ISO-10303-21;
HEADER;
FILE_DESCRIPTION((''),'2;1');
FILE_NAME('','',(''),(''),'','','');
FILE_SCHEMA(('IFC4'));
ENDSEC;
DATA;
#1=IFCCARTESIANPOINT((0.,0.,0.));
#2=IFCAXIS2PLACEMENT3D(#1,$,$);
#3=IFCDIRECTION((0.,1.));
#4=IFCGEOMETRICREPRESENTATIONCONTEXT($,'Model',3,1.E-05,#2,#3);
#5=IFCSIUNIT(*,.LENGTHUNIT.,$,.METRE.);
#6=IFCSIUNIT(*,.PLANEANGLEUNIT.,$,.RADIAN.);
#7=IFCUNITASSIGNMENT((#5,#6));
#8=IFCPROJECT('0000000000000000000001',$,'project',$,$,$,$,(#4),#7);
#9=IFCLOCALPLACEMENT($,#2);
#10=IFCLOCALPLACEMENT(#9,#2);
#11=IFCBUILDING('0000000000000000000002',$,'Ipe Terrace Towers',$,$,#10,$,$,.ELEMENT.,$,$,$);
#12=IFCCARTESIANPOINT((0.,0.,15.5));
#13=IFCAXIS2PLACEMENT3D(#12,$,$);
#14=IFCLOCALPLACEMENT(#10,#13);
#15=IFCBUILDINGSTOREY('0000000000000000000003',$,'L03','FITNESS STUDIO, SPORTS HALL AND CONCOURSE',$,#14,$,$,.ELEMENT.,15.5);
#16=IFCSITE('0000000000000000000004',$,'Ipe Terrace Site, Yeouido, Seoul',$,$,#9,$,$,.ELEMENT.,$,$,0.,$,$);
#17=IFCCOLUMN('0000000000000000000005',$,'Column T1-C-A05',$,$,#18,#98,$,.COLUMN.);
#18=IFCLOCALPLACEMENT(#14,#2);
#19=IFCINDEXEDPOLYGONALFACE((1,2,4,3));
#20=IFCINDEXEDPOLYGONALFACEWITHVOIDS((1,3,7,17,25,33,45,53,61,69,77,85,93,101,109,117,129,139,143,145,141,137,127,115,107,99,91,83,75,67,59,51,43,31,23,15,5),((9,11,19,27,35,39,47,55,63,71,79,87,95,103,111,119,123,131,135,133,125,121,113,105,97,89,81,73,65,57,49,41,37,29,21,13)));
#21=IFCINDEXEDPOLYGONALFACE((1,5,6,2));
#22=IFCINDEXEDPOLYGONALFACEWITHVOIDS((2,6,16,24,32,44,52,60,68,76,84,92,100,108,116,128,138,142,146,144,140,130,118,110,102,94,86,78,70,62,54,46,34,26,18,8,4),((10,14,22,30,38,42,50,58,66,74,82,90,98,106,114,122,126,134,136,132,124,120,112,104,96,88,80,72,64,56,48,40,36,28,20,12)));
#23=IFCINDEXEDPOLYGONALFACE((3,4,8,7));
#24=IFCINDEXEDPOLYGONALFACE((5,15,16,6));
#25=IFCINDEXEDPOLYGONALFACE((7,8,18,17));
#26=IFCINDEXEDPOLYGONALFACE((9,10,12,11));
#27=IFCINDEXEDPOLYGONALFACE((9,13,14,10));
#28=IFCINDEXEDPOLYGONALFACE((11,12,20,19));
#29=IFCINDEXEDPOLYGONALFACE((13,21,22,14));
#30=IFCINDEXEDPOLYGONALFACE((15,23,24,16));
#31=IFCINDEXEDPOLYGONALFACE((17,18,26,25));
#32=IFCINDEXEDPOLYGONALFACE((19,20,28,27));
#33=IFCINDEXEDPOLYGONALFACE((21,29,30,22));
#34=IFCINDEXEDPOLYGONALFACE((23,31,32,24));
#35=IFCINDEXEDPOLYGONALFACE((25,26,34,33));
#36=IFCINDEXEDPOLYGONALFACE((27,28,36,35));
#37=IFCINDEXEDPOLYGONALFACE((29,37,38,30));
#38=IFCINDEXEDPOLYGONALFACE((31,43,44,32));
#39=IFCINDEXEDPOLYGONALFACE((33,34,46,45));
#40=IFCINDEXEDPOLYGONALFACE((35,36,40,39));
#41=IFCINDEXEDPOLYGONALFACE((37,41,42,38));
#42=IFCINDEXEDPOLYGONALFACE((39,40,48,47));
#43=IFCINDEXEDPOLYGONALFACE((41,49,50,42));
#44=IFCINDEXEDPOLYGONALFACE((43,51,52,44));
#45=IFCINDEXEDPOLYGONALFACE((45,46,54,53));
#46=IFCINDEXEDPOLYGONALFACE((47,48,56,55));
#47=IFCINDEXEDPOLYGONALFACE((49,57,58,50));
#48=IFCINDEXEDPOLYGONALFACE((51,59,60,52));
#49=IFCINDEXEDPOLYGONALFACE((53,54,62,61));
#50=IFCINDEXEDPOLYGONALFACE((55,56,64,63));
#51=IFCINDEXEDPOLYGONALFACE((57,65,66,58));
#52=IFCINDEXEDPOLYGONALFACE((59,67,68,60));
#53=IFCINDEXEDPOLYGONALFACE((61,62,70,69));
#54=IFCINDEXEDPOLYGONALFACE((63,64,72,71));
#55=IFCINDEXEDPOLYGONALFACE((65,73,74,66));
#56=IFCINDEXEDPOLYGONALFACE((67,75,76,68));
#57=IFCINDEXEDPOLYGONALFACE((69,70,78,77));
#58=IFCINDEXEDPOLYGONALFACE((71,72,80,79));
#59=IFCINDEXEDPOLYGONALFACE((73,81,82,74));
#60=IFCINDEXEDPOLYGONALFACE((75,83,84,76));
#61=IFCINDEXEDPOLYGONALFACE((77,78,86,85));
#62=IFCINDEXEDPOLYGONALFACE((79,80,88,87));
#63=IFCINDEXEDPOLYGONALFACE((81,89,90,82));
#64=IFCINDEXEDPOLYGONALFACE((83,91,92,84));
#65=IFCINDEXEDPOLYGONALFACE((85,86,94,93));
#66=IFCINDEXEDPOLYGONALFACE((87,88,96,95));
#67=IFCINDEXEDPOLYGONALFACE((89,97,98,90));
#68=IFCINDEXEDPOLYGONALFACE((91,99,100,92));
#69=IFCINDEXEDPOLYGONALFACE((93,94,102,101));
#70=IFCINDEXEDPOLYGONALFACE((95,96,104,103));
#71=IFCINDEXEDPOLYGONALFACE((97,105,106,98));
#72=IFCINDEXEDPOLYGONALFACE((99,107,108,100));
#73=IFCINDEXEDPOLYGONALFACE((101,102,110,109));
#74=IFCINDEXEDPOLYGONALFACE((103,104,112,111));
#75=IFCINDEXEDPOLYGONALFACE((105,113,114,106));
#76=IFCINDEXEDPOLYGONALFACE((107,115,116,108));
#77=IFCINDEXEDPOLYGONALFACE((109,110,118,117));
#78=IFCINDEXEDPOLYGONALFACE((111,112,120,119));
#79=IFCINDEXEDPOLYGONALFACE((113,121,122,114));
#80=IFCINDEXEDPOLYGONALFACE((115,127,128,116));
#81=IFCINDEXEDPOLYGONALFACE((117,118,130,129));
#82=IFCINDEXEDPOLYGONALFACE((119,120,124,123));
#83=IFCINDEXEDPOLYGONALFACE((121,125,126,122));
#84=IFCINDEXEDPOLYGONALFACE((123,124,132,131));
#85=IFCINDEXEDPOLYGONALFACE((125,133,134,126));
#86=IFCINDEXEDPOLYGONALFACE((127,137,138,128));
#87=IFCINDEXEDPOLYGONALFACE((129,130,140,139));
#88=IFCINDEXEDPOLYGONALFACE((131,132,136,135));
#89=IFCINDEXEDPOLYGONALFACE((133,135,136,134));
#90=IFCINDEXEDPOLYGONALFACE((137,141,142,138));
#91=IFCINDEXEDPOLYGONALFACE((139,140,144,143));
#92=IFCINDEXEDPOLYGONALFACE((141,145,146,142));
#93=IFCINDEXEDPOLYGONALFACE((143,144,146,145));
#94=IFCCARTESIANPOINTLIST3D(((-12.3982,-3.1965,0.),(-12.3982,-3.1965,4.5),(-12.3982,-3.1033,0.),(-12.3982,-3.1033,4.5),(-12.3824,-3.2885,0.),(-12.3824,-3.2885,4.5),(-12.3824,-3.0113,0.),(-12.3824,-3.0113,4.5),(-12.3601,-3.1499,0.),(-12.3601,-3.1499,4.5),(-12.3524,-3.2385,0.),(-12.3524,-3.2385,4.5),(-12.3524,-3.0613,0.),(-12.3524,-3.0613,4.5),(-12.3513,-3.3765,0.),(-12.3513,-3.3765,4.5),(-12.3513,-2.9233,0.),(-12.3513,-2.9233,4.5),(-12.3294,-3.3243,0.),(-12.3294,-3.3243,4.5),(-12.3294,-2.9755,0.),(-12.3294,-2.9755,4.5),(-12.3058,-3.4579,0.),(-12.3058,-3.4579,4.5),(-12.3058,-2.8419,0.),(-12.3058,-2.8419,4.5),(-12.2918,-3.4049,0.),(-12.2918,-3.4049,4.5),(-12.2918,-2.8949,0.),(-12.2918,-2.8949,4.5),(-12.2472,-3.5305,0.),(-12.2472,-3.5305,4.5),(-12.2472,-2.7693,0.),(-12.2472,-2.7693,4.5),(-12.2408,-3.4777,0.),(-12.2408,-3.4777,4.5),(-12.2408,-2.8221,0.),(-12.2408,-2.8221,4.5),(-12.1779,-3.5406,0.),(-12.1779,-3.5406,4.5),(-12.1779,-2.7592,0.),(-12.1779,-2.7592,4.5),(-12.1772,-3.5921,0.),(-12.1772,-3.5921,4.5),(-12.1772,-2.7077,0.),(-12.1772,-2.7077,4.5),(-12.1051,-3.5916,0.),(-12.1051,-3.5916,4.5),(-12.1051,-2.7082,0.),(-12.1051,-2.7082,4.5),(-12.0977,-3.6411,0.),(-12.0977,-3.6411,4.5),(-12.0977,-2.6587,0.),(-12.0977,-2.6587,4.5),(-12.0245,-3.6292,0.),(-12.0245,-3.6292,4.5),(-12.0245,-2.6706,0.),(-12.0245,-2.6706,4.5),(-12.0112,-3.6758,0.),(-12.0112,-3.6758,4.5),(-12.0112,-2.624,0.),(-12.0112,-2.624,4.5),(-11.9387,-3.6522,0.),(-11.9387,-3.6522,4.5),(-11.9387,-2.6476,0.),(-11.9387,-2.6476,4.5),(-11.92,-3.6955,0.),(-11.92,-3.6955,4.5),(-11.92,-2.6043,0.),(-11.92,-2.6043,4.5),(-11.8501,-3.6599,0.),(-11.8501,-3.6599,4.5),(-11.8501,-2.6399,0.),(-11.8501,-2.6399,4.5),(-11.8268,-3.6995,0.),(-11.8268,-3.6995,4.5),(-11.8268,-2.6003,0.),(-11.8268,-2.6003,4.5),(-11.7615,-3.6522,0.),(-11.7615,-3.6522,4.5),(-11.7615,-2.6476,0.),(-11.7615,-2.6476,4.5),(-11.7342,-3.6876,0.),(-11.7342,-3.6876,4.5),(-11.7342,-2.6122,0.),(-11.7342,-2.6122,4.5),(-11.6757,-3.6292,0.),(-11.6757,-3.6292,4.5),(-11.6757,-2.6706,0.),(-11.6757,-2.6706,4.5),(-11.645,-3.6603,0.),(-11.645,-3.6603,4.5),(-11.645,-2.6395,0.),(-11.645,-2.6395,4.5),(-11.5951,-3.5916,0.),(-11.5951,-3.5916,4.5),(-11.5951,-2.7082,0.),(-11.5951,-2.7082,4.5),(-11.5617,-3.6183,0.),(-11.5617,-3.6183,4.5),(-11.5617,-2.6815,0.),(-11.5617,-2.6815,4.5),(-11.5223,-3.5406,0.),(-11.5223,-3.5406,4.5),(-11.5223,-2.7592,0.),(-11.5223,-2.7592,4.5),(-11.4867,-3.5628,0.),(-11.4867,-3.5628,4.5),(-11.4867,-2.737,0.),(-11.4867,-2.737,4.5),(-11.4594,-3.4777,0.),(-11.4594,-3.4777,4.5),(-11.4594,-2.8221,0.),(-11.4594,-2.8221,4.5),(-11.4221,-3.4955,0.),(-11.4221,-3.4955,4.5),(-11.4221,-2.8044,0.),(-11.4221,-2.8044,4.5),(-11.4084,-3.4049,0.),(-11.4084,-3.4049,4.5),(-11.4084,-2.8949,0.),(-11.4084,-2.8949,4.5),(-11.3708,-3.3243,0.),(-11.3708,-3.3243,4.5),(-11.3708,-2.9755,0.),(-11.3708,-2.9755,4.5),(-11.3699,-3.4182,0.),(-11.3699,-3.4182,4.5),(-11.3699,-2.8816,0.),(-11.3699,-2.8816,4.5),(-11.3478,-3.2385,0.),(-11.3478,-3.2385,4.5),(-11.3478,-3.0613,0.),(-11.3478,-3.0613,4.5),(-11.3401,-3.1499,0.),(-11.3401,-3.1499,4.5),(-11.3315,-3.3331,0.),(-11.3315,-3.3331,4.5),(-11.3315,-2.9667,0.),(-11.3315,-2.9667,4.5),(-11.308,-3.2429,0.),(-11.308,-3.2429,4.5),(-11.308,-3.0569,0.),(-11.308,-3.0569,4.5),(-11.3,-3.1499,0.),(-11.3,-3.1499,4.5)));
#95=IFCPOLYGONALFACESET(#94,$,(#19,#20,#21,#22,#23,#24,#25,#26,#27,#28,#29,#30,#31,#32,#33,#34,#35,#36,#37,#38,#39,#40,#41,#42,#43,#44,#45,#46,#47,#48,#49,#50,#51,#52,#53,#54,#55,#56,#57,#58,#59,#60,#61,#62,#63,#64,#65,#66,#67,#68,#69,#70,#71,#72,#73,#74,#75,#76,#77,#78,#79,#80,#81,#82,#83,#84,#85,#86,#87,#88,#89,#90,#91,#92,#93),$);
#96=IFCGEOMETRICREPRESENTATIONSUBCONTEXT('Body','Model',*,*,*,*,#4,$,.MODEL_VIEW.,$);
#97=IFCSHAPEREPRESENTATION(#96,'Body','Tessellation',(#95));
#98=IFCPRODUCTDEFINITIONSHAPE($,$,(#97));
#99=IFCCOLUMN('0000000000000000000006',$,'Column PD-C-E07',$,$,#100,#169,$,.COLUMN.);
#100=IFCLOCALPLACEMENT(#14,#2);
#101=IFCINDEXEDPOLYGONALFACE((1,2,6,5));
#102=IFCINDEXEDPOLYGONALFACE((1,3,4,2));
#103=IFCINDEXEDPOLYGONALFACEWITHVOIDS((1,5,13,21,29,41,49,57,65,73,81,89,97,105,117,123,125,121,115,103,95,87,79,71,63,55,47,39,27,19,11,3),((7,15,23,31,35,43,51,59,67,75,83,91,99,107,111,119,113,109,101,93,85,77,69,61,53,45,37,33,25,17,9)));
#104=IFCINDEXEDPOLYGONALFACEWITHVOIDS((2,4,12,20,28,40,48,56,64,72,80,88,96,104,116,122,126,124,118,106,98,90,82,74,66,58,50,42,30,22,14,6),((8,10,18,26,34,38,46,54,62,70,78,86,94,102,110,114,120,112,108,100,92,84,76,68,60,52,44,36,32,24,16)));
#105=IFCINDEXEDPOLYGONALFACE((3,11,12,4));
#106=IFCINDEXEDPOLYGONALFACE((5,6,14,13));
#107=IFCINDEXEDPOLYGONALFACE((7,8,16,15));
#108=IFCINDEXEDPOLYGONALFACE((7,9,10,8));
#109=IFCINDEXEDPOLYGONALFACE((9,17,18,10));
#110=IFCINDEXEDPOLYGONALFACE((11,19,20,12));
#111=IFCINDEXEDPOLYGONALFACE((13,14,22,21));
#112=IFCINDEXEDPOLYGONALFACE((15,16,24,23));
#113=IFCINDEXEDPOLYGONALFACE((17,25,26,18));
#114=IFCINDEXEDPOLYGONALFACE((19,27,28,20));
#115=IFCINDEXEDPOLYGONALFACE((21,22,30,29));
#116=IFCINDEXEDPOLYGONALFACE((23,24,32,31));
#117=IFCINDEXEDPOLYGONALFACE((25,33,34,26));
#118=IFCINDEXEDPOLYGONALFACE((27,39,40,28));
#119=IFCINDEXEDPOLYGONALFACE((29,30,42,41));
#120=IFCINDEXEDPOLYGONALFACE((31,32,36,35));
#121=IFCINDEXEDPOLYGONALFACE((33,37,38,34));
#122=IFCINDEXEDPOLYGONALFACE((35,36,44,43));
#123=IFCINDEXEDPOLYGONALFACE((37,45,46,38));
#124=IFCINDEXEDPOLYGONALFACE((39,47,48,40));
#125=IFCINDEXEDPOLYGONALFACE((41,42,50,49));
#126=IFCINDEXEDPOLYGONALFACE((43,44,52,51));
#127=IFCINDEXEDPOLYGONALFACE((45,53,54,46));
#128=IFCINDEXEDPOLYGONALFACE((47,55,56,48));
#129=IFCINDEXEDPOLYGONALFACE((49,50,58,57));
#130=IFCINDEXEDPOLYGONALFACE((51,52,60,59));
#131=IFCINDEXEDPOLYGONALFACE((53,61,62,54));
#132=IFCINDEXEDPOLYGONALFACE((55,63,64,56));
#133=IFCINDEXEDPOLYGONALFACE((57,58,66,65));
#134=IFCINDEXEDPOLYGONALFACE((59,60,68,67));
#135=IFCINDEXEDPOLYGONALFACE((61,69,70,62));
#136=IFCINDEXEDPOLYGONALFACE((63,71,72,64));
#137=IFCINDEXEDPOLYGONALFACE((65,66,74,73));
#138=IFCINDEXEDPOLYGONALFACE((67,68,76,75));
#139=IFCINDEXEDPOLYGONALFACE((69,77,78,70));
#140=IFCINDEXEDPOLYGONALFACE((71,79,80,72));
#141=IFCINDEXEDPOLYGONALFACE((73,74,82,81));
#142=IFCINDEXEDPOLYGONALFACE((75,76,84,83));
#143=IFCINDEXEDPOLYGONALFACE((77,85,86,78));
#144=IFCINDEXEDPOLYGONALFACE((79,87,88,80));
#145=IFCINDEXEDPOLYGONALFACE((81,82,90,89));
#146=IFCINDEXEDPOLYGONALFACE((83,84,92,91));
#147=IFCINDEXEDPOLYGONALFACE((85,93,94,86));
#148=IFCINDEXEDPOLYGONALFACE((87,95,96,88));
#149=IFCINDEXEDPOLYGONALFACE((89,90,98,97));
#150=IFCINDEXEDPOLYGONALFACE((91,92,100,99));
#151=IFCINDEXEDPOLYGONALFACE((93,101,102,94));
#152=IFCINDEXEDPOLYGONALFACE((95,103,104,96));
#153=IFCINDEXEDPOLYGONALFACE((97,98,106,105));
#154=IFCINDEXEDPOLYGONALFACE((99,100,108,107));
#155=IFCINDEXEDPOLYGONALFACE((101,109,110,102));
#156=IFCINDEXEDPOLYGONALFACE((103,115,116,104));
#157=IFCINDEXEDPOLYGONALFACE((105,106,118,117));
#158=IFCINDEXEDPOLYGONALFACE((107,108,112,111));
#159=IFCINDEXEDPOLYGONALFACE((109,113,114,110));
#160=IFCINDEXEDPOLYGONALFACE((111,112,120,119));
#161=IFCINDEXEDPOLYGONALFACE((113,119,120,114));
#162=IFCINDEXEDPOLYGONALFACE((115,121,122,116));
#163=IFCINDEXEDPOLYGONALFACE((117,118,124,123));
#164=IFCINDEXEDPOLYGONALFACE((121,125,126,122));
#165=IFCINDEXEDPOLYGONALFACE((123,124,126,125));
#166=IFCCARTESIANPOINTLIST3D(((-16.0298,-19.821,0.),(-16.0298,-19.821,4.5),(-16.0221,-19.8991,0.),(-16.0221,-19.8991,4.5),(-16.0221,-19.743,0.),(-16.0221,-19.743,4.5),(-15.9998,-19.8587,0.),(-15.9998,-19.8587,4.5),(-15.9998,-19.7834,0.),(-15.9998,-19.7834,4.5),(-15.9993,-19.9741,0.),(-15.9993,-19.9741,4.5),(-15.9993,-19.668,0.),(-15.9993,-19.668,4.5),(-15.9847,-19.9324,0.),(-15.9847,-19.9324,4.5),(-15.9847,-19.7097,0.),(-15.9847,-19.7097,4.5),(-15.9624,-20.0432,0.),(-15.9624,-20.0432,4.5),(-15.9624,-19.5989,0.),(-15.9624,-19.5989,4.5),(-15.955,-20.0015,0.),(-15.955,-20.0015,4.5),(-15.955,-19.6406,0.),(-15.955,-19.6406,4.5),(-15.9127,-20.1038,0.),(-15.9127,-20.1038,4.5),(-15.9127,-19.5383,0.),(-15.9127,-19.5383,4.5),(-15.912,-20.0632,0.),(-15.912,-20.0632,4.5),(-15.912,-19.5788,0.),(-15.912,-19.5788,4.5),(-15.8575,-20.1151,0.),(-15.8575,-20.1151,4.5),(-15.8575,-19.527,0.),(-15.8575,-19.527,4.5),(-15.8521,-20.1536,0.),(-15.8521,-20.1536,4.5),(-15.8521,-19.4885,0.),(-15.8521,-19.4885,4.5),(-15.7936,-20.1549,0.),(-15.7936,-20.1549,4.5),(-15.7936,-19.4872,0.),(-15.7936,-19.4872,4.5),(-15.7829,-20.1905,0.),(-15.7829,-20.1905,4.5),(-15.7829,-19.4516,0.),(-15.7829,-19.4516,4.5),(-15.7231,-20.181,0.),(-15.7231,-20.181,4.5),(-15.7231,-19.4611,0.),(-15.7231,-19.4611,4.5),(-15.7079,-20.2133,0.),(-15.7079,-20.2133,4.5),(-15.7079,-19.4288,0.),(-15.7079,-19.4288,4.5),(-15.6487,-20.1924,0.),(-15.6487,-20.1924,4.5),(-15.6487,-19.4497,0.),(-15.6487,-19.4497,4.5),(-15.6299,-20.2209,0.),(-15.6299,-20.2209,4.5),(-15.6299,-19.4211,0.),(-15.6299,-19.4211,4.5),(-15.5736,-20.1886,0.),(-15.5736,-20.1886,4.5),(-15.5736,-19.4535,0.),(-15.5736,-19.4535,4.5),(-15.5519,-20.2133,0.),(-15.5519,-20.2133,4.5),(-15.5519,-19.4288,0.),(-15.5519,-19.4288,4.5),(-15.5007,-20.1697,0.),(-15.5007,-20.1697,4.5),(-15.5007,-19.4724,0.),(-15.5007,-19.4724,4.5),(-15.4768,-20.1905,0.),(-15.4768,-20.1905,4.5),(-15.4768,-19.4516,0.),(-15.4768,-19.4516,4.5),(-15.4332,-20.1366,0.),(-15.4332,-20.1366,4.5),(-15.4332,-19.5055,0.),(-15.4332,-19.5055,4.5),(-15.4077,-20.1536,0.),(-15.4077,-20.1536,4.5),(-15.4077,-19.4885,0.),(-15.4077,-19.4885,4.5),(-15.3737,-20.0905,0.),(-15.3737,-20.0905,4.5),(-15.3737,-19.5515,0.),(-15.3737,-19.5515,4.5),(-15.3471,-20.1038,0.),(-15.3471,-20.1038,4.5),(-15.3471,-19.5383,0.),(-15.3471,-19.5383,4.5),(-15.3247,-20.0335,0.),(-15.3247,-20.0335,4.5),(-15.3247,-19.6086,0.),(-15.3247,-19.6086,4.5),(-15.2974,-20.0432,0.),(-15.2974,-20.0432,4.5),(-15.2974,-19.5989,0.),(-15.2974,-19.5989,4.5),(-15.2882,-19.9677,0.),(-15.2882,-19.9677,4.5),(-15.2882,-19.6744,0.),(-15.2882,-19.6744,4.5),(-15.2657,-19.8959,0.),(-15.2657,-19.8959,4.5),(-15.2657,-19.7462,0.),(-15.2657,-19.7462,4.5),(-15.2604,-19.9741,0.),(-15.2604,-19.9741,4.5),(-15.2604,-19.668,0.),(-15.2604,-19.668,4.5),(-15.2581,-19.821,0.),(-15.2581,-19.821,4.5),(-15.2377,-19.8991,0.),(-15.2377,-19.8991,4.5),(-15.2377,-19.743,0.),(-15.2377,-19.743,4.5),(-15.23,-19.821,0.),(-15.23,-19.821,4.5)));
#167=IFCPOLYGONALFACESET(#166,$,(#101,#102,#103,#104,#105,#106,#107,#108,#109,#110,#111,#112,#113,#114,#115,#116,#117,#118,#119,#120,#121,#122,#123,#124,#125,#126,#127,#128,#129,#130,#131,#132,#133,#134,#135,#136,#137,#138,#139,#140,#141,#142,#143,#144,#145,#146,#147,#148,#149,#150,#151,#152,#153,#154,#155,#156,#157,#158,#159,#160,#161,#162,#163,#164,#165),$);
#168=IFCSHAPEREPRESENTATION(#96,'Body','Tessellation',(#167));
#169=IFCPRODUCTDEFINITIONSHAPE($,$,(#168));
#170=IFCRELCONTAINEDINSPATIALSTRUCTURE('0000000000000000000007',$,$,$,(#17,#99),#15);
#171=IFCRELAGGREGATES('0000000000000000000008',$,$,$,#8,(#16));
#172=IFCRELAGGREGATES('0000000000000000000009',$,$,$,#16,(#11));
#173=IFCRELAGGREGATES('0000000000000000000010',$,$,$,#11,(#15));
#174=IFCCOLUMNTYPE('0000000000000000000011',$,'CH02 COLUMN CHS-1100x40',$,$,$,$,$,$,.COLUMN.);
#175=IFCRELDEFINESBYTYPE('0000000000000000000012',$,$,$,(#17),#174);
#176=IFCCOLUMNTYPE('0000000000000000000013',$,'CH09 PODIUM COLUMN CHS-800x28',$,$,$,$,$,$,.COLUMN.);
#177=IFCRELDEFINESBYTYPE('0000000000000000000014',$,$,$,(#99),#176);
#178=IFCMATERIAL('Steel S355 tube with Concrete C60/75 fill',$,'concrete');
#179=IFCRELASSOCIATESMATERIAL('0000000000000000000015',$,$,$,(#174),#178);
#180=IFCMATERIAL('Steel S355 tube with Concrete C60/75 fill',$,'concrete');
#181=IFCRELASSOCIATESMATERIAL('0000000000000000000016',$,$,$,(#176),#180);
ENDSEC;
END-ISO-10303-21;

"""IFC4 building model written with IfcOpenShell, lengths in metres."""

from ifc_helpers import new_model, si_unit, direction, frame, origin, origin_2d, place, context, subcontext, project, spatial, hollow_circle, extrude, material, material_profile, profile_set, type_object, element, save


model = new_model("IFC4")

# Units and contexts
model_context = context("Model", 3, precision=1e-05, world=origin(), true_north=direction((0.0, 1.0)))
body_context = subcontext(model_context, "Body", "Model", "MODEL_VIEW")
ifc_project = project(units=[si_unit("LENGTHUNIT", "METRE"), si_unit("PLANEANGLEUNIT", "RADIAN")], contexts=[model_context])

# Site, building, storey
site_placement = place(None, origin())
site = spatial("IfcSite", under=ifc_project, at=site_placement, Name="Ipe Terrace Site, Yeouido, Seoul", CompositionType="ELEMENT", RefElevation=0.0)
building_placement = place(site_placement, origin())
building = spatial("IfcBuilding", under=site, at=building_placement, Name="Ipe Terrace Towers", CompositionType="ELEMENT")
storey_placement = place(building_placement, frame((0.0, 0.0, 15.5)))
storey = spatial("IfcBuildingStorey", under=building, at=storey_placement, Name="L03", Description="FITNESS STUDIO, SPORTS HALL AND CONCOURSE", CompositionType="ELEMENT", Elevation=15.5)

# Columns
ifc_material_1 = material(Name="Steel S355 tube with Concrete C60/75 fill", Category="concrete")
ifc_material_profile_1 = material_profile(ifc_material_1, hollow_circle(Radius=0.55, WallThickness=0.04, at=origin_2d()), Name="CHS-1100x40")
ifc_profile_set_1 = profile_set([ifc_material_profile_1], Name="Steel S355 tube with Concrete C60/75 fill")
column_type_1 = type_object("IfcColumnType", Name="CH02 COLUMN CHS-1100x40", PredefinedType="COLUMN", material=ifc_profile_set_1)
for number, where, z_axis, x_axis, name in (
    (1, (-11.8501, -3.1499, 0.0), (0.0, 0.0, 1.0), (1.0, 0.0, 0.0), "Column T1-C-A05"),
):
    element("IfcColumn", number, at=place(storey_placement, frame(where, z_axis=z_axis, x_axis=x_axis)), inside=storey, type_object=column_type_1, Name=name, PredefinedType="COLUMN", context=body_context, shape_type="SweptSolid", body=[
        extrude(hollow_circle(Radius=0.55, WallThickness=0.04, at=origin_2d()), origin(), (0.0, 0.0, 1.0), 4.5),
    ])
ifc_material_2 = material(Name="Steel S355 tube with Concrete C60/75 fill", Category="concrete")
ifc_material_profile_2 = material_profile(ifc_material_2, hollow_circle(Radius=0.3999, WallThickness=0.0281, at=origin_2d()), Name="CHS-800x28")
ifc_profile_set_2 = profile_set([ifc_material_profile_2], Name="Steel S355 tube with Concrete C60/75 fill")
column_type_2 = type_object("IfcColumnType", Name="CH09 PODIUM COLUMN CHS-800x28", PredefinedType="COLUMN", material=ifc_profile_set_2)
for number, where, z_axis, x_axis, name in (
    (2, (-15.6299, -19.821, 0.0), (0.0, 0.0, 1.0), (1.0, 0.0, 0.0), "Column PD-C-E07"),
):
    element("IfcColumn", number, at=place(storey_placement, frame(where, z_axis=z_axis, x_axis=x_axis)), inside=storey, type_object=column_type_2, Name=name, PredefinedType="COLUMN", context=body_context, shape_type="SweptSolid", body=[
        extrude(hollow_circle(Radius=0.3999, WallThickness=0.0281, at=origin_2d()), origin(), (0.0, 0.0, 1.0), 4.5),
    ])

save(model, "model.ifc")
